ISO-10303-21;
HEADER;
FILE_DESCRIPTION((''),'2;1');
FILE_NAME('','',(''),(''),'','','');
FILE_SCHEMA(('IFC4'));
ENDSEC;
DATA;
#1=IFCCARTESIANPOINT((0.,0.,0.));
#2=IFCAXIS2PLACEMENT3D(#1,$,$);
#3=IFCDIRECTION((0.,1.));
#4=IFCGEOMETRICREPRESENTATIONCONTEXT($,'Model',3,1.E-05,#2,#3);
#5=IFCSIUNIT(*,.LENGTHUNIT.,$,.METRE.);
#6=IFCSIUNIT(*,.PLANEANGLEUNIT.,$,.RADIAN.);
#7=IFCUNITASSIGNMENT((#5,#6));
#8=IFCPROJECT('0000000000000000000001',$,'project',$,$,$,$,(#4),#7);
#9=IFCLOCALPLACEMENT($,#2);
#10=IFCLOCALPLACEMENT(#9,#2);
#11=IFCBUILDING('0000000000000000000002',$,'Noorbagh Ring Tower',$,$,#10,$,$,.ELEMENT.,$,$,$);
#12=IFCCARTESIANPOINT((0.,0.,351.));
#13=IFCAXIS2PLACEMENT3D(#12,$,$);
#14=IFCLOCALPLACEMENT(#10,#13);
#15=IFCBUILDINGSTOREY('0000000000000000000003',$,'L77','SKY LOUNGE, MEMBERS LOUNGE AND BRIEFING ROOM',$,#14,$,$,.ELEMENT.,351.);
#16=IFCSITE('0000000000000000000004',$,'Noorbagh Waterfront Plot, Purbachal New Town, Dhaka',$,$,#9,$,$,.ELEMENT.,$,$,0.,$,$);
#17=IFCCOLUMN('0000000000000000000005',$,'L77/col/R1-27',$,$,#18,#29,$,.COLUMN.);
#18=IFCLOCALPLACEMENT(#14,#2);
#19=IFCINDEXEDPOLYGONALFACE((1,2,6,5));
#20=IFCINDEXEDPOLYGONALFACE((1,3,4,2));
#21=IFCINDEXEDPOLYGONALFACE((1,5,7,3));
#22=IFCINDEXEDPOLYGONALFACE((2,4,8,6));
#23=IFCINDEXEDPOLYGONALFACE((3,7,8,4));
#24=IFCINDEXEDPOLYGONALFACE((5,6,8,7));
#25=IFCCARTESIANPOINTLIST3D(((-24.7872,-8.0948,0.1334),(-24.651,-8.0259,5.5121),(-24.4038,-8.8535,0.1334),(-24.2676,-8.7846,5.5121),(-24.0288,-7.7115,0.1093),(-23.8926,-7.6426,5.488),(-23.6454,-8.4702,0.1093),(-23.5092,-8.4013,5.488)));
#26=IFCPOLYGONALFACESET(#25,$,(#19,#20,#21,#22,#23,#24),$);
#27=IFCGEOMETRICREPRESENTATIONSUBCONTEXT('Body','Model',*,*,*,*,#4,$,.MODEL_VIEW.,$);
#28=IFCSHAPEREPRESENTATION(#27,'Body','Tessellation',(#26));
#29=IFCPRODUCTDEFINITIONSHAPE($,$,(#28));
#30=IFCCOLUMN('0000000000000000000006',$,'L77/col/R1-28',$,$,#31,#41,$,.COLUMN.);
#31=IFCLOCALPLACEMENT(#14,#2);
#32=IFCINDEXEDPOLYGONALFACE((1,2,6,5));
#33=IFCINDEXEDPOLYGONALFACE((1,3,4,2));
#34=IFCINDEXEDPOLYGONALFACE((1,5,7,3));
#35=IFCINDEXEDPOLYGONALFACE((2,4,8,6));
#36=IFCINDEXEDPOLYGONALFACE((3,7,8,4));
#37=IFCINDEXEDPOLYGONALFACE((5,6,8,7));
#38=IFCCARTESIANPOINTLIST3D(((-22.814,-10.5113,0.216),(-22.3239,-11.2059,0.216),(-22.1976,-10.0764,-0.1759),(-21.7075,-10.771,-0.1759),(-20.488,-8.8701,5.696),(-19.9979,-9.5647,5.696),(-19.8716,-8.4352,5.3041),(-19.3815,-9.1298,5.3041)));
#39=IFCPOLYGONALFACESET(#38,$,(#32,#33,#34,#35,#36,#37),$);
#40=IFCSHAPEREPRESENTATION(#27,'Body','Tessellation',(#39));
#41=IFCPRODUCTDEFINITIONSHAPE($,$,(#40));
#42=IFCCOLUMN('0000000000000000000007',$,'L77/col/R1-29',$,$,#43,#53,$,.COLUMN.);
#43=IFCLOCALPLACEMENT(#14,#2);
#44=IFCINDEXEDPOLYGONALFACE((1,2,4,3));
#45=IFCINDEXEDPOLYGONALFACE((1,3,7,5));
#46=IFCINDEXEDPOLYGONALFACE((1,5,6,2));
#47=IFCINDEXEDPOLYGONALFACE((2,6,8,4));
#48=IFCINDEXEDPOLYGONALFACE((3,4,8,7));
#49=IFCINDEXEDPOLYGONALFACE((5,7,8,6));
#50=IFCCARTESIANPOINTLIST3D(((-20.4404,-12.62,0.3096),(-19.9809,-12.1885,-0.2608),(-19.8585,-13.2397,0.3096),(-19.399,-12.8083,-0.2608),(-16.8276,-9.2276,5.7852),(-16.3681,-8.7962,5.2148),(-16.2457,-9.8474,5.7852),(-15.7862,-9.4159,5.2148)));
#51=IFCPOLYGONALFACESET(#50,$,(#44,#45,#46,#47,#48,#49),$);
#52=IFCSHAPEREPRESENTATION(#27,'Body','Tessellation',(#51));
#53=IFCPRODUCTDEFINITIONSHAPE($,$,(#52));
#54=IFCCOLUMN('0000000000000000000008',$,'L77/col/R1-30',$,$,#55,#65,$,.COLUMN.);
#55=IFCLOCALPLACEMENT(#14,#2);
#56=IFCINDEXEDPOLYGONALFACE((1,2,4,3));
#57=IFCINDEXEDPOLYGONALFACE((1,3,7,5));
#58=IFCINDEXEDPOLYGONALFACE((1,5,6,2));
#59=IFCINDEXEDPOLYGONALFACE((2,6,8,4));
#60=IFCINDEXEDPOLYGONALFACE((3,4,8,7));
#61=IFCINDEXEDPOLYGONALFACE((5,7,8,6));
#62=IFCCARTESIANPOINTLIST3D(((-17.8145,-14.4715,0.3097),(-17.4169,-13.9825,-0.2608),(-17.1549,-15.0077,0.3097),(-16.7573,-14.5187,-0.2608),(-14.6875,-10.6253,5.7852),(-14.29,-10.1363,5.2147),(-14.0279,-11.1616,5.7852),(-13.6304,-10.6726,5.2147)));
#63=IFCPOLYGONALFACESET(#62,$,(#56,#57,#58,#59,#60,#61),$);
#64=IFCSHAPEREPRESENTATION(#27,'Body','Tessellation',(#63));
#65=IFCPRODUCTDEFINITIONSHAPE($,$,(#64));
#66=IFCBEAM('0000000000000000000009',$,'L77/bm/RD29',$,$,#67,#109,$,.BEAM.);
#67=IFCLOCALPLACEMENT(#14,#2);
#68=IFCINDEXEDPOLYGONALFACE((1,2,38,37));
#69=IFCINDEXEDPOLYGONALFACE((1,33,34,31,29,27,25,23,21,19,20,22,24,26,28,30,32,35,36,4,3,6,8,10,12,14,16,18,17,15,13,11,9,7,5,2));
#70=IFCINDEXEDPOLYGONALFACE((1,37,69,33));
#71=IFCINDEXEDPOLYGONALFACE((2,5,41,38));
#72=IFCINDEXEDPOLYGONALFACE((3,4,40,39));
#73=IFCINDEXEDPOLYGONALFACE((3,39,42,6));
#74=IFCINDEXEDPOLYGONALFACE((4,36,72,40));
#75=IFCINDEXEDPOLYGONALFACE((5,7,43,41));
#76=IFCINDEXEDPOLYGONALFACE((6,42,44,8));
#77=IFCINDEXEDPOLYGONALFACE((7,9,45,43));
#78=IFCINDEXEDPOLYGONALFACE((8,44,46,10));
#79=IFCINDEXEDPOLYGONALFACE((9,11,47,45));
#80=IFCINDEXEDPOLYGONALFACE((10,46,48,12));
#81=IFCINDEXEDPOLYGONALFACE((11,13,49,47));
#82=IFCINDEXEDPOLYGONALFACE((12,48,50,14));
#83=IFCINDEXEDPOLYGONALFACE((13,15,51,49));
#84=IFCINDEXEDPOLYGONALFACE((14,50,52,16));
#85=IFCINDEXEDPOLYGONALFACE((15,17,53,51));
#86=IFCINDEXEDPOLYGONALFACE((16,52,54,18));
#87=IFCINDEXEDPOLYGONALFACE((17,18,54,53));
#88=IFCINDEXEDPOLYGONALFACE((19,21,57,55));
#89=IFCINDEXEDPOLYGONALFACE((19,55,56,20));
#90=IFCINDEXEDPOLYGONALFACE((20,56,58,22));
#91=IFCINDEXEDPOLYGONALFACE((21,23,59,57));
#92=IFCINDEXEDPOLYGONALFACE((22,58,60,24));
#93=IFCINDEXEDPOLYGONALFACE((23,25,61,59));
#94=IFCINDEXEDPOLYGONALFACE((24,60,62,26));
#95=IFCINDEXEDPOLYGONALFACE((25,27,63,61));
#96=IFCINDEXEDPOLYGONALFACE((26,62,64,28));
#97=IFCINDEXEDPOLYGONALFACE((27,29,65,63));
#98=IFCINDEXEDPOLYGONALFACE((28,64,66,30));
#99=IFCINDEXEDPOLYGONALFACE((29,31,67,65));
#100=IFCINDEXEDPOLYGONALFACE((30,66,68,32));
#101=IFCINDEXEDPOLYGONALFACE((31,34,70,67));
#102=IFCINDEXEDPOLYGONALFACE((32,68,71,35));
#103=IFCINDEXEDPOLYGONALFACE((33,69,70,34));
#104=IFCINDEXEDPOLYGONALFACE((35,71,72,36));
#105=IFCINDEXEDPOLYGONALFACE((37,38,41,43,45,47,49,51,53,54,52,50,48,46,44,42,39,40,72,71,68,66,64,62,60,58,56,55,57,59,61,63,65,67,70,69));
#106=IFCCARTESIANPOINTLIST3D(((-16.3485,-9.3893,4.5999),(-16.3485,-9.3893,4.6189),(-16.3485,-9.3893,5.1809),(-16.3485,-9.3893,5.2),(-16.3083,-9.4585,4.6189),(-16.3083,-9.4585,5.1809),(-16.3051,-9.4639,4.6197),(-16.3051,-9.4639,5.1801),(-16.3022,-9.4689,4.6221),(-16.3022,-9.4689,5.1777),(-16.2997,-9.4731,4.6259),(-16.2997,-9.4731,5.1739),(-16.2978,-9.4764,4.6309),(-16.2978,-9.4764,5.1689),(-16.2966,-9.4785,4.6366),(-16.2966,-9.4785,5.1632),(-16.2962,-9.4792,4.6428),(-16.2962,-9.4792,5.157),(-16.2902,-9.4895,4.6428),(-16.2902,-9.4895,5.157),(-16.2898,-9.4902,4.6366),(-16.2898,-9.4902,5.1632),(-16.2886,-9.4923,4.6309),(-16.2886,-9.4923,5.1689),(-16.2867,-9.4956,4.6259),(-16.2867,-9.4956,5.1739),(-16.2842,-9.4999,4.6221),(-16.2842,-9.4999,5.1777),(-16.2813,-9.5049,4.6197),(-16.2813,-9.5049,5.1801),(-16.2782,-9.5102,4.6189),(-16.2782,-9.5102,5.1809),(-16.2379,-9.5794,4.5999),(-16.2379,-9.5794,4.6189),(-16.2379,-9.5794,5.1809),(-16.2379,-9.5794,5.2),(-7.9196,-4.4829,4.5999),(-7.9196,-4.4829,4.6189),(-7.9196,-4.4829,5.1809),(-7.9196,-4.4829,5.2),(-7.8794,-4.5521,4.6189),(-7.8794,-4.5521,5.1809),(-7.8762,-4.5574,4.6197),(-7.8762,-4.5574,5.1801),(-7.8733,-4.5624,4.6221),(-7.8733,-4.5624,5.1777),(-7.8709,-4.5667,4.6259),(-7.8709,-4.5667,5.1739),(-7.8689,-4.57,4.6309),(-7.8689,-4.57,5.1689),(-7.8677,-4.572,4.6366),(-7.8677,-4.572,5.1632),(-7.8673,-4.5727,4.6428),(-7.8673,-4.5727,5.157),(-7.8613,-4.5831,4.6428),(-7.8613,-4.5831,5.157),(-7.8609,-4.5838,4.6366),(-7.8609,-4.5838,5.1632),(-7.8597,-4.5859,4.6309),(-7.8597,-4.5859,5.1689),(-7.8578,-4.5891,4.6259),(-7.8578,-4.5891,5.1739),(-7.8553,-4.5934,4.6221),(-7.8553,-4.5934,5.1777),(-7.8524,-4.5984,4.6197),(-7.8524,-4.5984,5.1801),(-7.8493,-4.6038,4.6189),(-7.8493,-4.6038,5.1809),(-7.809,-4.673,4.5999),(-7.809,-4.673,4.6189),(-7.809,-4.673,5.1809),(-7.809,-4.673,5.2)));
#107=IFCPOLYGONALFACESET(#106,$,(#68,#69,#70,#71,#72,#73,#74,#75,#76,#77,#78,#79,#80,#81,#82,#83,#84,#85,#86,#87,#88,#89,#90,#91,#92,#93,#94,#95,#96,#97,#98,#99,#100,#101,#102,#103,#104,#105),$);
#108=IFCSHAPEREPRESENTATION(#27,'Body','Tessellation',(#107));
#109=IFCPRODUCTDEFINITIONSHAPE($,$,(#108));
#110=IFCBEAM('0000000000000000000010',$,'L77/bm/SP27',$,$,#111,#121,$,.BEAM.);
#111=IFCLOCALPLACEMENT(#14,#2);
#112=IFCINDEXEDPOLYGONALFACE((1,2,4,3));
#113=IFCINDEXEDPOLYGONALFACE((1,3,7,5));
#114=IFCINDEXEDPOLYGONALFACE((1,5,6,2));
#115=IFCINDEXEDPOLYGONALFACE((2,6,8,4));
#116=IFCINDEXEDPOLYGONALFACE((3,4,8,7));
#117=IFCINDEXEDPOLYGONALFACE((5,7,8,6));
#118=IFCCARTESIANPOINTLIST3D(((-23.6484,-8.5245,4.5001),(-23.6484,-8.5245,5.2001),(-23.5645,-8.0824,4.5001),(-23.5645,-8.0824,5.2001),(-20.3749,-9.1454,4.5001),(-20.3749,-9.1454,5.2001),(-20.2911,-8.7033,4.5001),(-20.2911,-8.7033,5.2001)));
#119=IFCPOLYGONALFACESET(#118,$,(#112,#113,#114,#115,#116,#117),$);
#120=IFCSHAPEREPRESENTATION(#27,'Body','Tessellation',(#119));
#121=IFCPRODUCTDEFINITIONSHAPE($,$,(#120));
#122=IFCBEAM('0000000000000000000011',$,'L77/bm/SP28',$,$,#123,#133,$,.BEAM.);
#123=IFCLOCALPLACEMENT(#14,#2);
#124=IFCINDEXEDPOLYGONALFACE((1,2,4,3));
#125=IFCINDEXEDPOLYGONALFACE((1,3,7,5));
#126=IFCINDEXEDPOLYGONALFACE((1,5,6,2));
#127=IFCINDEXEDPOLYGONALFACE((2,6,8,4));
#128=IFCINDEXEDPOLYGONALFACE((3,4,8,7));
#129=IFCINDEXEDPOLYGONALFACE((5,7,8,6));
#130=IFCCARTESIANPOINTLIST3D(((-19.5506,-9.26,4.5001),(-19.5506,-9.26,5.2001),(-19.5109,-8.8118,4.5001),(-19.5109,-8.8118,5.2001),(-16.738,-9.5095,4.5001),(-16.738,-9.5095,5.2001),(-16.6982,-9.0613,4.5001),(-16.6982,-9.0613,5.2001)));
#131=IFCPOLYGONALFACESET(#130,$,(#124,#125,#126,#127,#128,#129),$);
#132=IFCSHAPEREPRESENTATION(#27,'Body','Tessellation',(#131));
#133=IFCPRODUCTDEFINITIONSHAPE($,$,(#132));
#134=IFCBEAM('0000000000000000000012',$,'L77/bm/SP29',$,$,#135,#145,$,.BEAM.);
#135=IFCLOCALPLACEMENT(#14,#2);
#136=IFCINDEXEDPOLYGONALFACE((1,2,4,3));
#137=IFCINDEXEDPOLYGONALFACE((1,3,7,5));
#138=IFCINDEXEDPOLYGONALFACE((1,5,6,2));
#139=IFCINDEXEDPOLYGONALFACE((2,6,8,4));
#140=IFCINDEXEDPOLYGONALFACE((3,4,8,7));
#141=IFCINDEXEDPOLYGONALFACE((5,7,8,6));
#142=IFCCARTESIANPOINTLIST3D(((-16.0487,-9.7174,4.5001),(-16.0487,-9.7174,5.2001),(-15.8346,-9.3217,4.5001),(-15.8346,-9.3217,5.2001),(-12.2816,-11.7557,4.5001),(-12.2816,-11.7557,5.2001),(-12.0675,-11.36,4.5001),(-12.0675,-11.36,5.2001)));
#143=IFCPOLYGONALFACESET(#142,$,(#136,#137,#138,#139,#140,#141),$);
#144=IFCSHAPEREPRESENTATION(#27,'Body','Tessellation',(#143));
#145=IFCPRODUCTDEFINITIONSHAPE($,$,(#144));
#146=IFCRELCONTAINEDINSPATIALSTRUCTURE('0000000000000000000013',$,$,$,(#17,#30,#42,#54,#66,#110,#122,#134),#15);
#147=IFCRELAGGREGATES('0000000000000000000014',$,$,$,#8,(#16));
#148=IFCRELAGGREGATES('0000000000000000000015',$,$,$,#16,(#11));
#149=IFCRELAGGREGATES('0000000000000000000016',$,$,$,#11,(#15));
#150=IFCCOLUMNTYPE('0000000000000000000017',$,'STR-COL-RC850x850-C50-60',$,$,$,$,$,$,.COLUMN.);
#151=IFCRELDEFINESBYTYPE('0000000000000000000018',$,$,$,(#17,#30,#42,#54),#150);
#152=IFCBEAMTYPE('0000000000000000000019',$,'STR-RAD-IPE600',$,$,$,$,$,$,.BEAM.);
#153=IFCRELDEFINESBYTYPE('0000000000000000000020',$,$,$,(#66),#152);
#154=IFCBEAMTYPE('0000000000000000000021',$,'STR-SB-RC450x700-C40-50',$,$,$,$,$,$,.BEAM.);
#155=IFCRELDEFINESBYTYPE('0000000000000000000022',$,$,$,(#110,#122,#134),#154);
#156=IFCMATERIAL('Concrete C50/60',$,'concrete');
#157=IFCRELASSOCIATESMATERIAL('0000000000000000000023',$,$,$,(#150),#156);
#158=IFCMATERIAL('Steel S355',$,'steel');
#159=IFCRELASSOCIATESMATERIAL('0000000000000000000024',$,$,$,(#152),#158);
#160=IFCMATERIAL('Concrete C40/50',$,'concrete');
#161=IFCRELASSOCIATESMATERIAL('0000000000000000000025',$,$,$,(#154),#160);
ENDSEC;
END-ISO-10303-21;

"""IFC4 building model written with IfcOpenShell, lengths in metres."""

from ifc_helpers import new_model, si_unit, direction, frame, origin, origin_2d, place, context, subcontext, project, spatial, rectangle, i_section, extrude, material, material_profile, profile_set, type_object, element, save


model = new_model("IFC4")

# Units and contexts
model_context = context("Model", 3, precision=1e-05, world=origin(), true_north=direction((0.0, 1.0)))
body_context = subcontext(model_context, "Body", "Model", "MODEL_VIEW")
ifc_project = project(units=[si_unit("LENGTHUNIT", "METRE"), si_unit("PLANEANGLEUNIT", "RADIAN")], contexts=[model_context])

# Site, building, storey
site_placement = place(None, origin())
site = spatial("IfcSite", under=ifc_project, at=site_placement, Name="Noorbagh Waterfront Plot, Purbachal New Town, Dhaka", CompositionType="ELEMENT", RefElevation=0.0)
building_placement = place(site_placement, origin())
building = spatial("IfcBuilding", under=site, at=building_placement, Name="Noorbagh Ring Tower", CompositionType="ELEMENT")
storey_placement = place(building_placement, frame((0.0, 0.0, 351.0)))
storey = spatial("IfcBuildingStorey", under=building, at=storey_placement, Name="L77", Description="SKY LOUNGE, MEMBERS LOUNGE AND BRIEFING ROOM", CompositionType="ELEMENT", Elevation=351.0)

# Columns
ifc_material_1 = material(Name="Concrete C50/60", Category="concrete")
ifc_material_profile_1 = material_profile(ifc_material_1, rectangle(XDim=0.8501, YDim=0.8501, at=origin_2d()), Name="RC850x850")
ifc_profile_set_1 = profile_set([ifc_material_profile_1], Name="Concrete C50/60")
column_type = type_object("IfcColumnType", Name="STR-COL-RC850x850-C50-60", PredefinedType="COLUMN", material=ifc_profile_set_1)
column_1_placement = place(storey_placement, frame((-24.2163, -8.2825, 0.1213), z_axis=(0.025318, 0.012795, 0.999598), x_axis=(-0.451048, 0.8925, 0.0)))
element("IfcColumn", 1, at=column_1_placement, inside=storey, type_object=column_type, Name="L77/col/R1-27", PredefinedType="COLUMN", context=body_context, shape_type="SweptSolid", body=[
    extrude(rectangle(XDim=0.8501, YDim=0.8501, at=origin_2d()), origin(), (0.0, 0.0, 1.0), 5.3809),
])
column_2_placement = place(storey_placement, frame((-22.2607, -10.6411, 0.02), z_axis=(0.376655, 0.265758, 0.887414), x_axis=(-0.576515, 0.817087, 0.0)))
element("IfcColumn", 2, at=column_2_placement, inside=storey, type_object=column_type, Name="L77/col/R1-28", PredefinedType="COLUMN", context=body_context, shape_type="SweptSolid", body=[
    extrude(rectangle(XDim=0.8501, YDim=0.8501, at=origin_2d()), origin(), (0.0, 0.0, 1.0), 6.1753),
])
column_3_placement = place(storey_placement, frame((-19.9197, -12.7141, 0.0244), z_axis=(0.489189, 0.459338, 0.74142), x_axis=(-0.684514, 0.728999, 0.0)))
element("IfcColumn", 3, at=column_3_placement, inside=storey, type_object=column_type, Name="L77/col/R1-29", PredefinedType="COLUMN", context=body_context, shape_type="SweptSolid", body=[
    extrude(rectangle(XDim=0.8501, YDim=0.8501, at=origin_2d()), origin(), (0.0, 0.0, 1.0), 7.3853),
])
column_4_placement = place(storey_placement, frame((-17.2859, -14.4951, 0.0244), z_axis=(0.423362, 0.52074, 0.741346), x_axis=(-0.775924, 0.630826, 0.0)))
element("IfcColumn", 4, at=column_4_placement, inside=storey, type_object=column_type, Name="L77/col/R1-30", PredefinedType="COLUMN", context=body_context, shape_type="SweptSolid", body=[
    extrude(rectangle(XDim=0.8501, YDim=0.8501, at=origin_2d()), origin(), (0.0, 0.0, 1.0), 7.386),
])

# Beams
ifc_material_2 = material(Name="Steel S355", Category="steel")
ifc_material_profile_2 = material_profile(ifc_material_2, i_section(OverallWidth=0.22, OverallDepth=0.6001, WebThickness=0.012, FlangeThickness=0.019, FilletRadius=0.0239, at=origin_2d()), Name="IPE600")
ifc_profile_set_2 = profile_set([ifc_material_profile_2], Name="Steel S355")
beam_type_1 = type_object("IfcBeamType", Name="STR-RAD-IPE600", PredefinedType="BEAM", material=ifc_profile_set_2)
beam_1_placement = place(storey_placement, frame((-16.2932, -9.4844, 4.8999), z_axis=(0.864242, 0.503075, 0.0), x_axis=(-0.503075, 0.864242, 0.0)))
element("IfcBeam", 5, at=beam_1_placement, inside=storey, type_object=beam_type_1, Name="L77/bm/RD29", PredefinedType="BEAM", context=body_context, shape_type="SweptSolid", body=[
    extrude(i_section(OverallWidth=0.22, OverallDepth=0.6001, WebThickness=0.012, FlangeThickness=0.019, FilletRadius=0.0239, at=origin_2d()), origin(), (0.0, 0.0, 1.0), 9.7529),
])
ifc_material_3 = material(Name="Concrete C40/50", Category="concrete")
ifc_material_profile_3 = material_profile(ifc_material_3, rectangle(XDim=0.45, YDim=0.7, at=origin_2d()), Name="RC450x700")
ifc_profile_set_3 = profile_set([ifc_material_profile_3], Name="Concrete C40/50")
beam_type_2 = type_object("IfcBeamType", Name="STR-SB-RC450x700-C40-50", PredefinedType="BEAM", material=ifc_profile_set_3)
beam_2_placement = place(storey_placement, frame((-23.6064, -8.3035, 4.8501), z_axis=(0.982485, -0.186341, 0.0), x_axis=(0.186341, 0.982485, 0.0)))
element("IfcBeam", 6, at=beam_2_placement, inside=storey, type_object=beam_type_2, Name="L77/bm/SP27", PredefinedType="BEAM", context=body_context, shape_type="SweptSolid", body=[
    extrude(rectangle(XDim=0.45, YDim=0.7, at=origin_2d()), origin(), (0.0, 0.0, 1.0), 3.3318),
])
beam_3_placement = place(storey_placement, frame((-19.5308, -9.0359, 4.8501), z_axis=(0.996089, -0.088361, 0.0), x_axis=(0.088361, 0.996089, 0.0)))
element("IfcBeam", 7, at=beam_3_placement, inside=storey, type_object=beam_type_2, Name="L77/bm/SP28", PredefinedType="BEAM", context=body_context, shape_type="SweptSolid", body=[
    extrude(rectangle(XDim=0.45, YDim=0.7, at=origin_2d()), origin(), (0.0, 0.0, 1.0), 2.8237),
])
beam_4_placement = place(storey_placement, frame((-15.9417, -9.5195, 4.8501), z_axis=(0.879505, -0.47589, 0.0), x_axis=(0.47589, 0.879505, 0.0)))
element("IfcBeam", 8, at=beam_4_placement, inside=storey, type_object=beam_type_2, Name="L77/bm/SP29", PredefinedType="BEAM", context=body_context, shape_type="SweptSolid", body=[
    extrude(rectangle(XDim=0.45, YDim=0.7, at=origin_2d()), origin(), (0.0, 0.0, 1.0), 4.2832),
])

save(model, "model.ifc")
